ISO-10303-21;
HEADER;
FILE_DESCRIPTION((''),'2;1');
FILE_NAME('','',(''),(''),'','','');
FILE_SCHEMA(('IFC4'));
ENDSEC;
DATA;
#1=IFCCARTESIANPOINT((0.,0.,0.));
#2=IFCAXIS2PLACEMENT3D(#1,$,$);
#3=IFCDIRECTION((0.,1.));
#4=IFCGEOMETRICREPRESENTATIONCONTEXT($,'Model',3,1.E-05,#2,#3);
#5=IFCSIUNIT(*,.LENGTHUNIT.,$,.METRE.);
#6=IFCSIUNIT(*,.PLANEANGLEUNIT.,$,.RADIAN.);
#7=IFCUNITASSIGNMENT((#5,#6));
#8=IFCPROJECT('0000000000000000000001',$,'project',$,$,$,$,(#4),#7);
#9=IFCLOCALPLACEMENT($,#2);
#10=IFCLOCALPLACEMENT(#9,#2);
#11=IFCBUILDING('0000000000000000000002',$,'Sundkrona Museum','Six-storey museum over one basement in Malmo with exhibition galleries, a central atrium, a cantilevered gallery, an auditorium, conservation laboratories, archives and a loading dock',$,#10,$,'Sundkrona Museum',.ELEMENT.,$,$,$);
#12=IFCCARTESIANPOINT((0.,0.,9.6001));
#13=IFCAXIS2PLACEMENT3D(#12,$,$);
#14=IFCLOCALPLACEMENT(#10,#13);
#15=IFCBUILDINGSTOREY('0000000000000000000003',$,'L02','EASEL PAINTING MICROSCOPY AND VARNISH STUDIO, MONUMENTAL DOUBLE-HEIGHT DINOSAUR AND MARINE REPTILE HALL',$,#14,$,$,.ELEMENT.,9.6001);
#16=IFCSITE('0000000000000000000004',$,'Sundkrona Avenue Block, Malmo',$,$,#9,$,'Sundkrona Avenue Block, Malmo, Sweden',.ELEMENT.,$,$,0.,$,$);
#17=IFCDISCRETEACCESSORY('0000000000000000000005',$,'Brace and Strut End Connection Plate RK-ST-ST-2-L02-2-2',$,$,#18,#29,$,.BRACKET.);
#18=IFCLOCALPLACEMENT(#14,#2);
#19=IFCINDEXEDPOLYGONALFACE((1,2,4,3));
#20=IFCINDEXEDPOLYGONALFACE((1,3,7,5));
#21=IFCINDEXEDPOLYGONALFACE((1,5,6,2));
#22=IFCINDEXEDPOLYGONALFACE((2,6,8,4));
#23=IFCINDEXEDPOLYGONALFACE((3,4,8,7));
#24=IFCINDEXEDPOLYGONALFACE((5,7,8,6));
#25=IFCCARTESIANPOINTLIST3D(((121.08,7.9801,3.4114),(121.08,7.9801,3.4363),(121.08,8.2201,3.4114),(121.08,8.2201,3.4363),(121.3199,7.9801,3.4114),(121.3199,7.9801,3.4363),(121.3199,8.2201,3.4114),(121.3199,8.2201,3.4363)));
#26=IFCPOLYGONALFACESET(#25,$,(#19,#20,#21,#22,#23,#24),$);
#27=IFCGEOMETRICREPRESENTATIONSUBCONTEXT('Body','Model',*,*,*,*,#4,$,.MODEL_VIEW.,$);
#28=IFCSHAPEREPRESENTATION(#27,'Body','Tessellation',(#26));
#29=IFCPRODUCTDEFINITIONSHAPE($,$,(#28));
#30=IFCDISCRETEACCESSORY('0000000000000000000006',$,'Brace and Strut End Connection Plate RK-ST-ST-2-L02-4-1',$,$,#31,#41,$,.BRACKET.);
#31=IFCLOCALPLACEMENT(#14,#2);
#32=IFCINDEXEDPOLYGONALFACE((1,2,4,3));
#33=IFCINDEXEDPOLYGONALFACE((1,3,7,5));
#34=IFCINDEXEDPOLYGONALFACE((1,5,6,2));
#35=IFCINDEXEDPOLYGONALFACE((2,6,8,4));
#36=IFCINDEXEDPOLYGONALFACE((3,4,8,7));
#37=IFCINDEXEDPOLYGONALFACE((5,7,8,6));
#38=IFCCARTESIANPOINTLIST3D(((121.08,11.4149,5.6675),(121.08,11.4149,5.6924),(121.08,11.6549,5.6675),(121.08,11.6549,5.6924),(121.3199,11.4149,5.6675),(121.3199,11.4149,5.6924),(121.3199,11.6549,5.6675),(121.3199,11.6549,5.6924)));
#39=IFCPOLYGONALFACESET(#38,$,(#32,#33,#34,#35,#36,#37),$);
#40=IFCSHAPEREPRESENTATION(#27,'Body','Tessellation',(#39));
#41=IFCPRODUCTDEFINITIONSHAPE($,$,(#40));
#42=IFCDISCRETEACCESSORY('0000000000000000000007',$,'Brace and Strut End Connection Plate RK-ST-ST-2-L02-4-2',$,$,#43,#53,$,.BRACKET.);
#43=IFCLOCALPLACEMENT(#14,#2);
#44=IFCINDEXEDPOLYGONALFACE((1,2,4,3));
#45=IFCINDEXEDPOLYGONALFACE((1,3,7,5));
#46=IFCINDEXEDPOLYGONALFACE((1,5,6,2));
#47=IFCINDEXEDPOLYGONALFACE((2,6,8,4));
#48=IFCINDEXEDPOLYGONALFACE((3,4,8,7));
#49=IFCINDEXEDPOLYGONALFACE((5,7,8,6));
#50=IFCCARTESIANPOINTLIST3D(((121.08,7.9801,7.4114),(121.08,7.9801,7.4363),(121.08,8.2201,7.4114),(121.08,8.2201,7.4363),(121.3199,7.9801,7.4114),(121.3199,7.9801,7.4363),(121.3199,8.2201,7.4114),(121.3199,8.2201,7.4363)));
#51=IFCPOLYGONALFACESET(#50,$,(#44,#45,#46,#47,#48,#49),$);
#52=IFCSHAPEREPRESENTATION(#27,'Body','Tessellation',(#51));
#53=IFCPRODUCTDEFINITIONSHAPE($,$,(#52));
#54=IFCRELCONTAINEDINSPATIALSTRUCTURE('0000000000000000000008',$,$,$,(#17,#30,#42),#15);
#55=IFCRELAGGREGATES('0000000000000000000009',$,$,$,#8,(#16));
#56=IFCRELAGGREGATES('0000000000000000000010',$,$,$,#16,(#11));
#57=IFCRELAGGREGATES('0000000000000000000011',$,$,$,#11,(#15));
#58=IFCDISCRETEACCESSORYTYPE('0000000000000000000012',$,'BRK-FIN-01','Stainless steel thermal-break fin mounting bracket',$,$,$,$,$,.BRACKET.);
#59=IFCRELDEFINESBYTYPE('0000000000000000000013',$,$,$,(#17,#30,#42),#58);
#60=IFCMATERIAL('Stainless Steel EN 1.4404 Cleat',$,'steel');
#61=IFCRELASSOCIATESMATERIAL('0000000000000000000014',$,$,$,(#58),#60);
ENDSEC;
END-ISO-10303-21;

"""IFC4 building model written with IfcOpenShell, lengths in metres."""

from ifc_helpers import new_model, si_unit, direction, frame, origin, origin_2d, place, context, subcontext, project, spatial, rectangle, extrude, material, type_object, element, save


model = new_model("IFC4")

# Units and contexts
model_context = context("Model", 3, precision=1e-05, world=origin(), true_north=direction((0.0, 1.0)))
body_context = subcontext(model_context, "Body", "Model", "MODEL_VIEW")
ifc_project = project(units=[si_unit("LENGTHUNIT", "METRE"), si_unit("PLANEANGLEUNIT", "RADIAN")], contexts=[model_context])

# Site, building, storey
site_placement = place(None, origin())
site = spatial("IfcSite", under=ifc_project, at=site_placement, Name="Sundkrona Avenue Block, Malmo", LongName="Sundkrona Avenue Block, Malmo, Sweden", CompositionType="ELEMENT", RefElevation=0.0)
building_placement = place(site_placement, origin())
building = spatial("IfcBuilding", under=site, at=building_placement, Name="Sundkrona Museum", Description="Six-storey museum over one basement in Malmo with exhibition galleries, a central atrium, a cantilevered gallery, an auditorium, conservation laboratories, archives and a loading dock", LongName="Sundkrona Museum", CompositionType="ELEMENT")
storey_placement = place(building_placement, frame((0.0, 0.0, 9.6001)))
storey = spatial("IfcBuildingStorey", under=building, at=storey_placement, Name="L02", Description="EASEL PAINTING MICROSCOPY AND VARNISH STUDIO, MONUMENTAL DOUBLE-HEIGHT DINOSAUR AND MARINE REPTILE HALL", CompositionType="ELEMENT", Elevation=9.6001)

# Discrete accessories
ifc_material_1 = material(Name="Stainless Steel EN 1.4404 Cleat", Category="steel")
discrete_accessory_type = type_object("IfcDiscreteAccessoryType", Name="BRK-FIN-01", Description="Stainless steel thermal-break fin mounting bracket", PredefinedType="BRACKET", material=ifc_material_1)
for number, where, z_axis, x_axis, name in (
    (1, (121.2, 8.1001, 3.4114), (0.0, 0.0, 1.0), (1.0, 0.0, 0.0), "Brace and Strut End Connection Plate RK-ST-ST-2-L02-2-2"),
    (2, (121.2, 11.5349, 5.6675), (0.0, 0.0, 1.0), (1.0, 0.0, 0.0), "Brace and Strut End Connection Plate RK-ST-ST-2-L02-4-1"),
    (3, (121.2, 8.1001, 7.4114), (0.0, 0.0, 1.0), (1.0, 0.0, 0.0), "Brace and Strut End Connection Plate RK-ST-ST-2-L02-4-2"),
):
    element("IfcDiscreteAccessory", number, at=place(storey_placement, frame(where, z_axis=z_axis, x_axis=x_axis)), inside=storey, type_object=discrete_accessory_type, Name=name, PredefinedType="BRACKET", context=body_context, shape_type="SweptSolid", body=[
        extrude(rectangle(XDim=0.24, YDim=0.24, at=origin_2d()), origin(), (0.0, 0.0, 1.0), 0.0249),
    ])

save(model, "model.ifc")
